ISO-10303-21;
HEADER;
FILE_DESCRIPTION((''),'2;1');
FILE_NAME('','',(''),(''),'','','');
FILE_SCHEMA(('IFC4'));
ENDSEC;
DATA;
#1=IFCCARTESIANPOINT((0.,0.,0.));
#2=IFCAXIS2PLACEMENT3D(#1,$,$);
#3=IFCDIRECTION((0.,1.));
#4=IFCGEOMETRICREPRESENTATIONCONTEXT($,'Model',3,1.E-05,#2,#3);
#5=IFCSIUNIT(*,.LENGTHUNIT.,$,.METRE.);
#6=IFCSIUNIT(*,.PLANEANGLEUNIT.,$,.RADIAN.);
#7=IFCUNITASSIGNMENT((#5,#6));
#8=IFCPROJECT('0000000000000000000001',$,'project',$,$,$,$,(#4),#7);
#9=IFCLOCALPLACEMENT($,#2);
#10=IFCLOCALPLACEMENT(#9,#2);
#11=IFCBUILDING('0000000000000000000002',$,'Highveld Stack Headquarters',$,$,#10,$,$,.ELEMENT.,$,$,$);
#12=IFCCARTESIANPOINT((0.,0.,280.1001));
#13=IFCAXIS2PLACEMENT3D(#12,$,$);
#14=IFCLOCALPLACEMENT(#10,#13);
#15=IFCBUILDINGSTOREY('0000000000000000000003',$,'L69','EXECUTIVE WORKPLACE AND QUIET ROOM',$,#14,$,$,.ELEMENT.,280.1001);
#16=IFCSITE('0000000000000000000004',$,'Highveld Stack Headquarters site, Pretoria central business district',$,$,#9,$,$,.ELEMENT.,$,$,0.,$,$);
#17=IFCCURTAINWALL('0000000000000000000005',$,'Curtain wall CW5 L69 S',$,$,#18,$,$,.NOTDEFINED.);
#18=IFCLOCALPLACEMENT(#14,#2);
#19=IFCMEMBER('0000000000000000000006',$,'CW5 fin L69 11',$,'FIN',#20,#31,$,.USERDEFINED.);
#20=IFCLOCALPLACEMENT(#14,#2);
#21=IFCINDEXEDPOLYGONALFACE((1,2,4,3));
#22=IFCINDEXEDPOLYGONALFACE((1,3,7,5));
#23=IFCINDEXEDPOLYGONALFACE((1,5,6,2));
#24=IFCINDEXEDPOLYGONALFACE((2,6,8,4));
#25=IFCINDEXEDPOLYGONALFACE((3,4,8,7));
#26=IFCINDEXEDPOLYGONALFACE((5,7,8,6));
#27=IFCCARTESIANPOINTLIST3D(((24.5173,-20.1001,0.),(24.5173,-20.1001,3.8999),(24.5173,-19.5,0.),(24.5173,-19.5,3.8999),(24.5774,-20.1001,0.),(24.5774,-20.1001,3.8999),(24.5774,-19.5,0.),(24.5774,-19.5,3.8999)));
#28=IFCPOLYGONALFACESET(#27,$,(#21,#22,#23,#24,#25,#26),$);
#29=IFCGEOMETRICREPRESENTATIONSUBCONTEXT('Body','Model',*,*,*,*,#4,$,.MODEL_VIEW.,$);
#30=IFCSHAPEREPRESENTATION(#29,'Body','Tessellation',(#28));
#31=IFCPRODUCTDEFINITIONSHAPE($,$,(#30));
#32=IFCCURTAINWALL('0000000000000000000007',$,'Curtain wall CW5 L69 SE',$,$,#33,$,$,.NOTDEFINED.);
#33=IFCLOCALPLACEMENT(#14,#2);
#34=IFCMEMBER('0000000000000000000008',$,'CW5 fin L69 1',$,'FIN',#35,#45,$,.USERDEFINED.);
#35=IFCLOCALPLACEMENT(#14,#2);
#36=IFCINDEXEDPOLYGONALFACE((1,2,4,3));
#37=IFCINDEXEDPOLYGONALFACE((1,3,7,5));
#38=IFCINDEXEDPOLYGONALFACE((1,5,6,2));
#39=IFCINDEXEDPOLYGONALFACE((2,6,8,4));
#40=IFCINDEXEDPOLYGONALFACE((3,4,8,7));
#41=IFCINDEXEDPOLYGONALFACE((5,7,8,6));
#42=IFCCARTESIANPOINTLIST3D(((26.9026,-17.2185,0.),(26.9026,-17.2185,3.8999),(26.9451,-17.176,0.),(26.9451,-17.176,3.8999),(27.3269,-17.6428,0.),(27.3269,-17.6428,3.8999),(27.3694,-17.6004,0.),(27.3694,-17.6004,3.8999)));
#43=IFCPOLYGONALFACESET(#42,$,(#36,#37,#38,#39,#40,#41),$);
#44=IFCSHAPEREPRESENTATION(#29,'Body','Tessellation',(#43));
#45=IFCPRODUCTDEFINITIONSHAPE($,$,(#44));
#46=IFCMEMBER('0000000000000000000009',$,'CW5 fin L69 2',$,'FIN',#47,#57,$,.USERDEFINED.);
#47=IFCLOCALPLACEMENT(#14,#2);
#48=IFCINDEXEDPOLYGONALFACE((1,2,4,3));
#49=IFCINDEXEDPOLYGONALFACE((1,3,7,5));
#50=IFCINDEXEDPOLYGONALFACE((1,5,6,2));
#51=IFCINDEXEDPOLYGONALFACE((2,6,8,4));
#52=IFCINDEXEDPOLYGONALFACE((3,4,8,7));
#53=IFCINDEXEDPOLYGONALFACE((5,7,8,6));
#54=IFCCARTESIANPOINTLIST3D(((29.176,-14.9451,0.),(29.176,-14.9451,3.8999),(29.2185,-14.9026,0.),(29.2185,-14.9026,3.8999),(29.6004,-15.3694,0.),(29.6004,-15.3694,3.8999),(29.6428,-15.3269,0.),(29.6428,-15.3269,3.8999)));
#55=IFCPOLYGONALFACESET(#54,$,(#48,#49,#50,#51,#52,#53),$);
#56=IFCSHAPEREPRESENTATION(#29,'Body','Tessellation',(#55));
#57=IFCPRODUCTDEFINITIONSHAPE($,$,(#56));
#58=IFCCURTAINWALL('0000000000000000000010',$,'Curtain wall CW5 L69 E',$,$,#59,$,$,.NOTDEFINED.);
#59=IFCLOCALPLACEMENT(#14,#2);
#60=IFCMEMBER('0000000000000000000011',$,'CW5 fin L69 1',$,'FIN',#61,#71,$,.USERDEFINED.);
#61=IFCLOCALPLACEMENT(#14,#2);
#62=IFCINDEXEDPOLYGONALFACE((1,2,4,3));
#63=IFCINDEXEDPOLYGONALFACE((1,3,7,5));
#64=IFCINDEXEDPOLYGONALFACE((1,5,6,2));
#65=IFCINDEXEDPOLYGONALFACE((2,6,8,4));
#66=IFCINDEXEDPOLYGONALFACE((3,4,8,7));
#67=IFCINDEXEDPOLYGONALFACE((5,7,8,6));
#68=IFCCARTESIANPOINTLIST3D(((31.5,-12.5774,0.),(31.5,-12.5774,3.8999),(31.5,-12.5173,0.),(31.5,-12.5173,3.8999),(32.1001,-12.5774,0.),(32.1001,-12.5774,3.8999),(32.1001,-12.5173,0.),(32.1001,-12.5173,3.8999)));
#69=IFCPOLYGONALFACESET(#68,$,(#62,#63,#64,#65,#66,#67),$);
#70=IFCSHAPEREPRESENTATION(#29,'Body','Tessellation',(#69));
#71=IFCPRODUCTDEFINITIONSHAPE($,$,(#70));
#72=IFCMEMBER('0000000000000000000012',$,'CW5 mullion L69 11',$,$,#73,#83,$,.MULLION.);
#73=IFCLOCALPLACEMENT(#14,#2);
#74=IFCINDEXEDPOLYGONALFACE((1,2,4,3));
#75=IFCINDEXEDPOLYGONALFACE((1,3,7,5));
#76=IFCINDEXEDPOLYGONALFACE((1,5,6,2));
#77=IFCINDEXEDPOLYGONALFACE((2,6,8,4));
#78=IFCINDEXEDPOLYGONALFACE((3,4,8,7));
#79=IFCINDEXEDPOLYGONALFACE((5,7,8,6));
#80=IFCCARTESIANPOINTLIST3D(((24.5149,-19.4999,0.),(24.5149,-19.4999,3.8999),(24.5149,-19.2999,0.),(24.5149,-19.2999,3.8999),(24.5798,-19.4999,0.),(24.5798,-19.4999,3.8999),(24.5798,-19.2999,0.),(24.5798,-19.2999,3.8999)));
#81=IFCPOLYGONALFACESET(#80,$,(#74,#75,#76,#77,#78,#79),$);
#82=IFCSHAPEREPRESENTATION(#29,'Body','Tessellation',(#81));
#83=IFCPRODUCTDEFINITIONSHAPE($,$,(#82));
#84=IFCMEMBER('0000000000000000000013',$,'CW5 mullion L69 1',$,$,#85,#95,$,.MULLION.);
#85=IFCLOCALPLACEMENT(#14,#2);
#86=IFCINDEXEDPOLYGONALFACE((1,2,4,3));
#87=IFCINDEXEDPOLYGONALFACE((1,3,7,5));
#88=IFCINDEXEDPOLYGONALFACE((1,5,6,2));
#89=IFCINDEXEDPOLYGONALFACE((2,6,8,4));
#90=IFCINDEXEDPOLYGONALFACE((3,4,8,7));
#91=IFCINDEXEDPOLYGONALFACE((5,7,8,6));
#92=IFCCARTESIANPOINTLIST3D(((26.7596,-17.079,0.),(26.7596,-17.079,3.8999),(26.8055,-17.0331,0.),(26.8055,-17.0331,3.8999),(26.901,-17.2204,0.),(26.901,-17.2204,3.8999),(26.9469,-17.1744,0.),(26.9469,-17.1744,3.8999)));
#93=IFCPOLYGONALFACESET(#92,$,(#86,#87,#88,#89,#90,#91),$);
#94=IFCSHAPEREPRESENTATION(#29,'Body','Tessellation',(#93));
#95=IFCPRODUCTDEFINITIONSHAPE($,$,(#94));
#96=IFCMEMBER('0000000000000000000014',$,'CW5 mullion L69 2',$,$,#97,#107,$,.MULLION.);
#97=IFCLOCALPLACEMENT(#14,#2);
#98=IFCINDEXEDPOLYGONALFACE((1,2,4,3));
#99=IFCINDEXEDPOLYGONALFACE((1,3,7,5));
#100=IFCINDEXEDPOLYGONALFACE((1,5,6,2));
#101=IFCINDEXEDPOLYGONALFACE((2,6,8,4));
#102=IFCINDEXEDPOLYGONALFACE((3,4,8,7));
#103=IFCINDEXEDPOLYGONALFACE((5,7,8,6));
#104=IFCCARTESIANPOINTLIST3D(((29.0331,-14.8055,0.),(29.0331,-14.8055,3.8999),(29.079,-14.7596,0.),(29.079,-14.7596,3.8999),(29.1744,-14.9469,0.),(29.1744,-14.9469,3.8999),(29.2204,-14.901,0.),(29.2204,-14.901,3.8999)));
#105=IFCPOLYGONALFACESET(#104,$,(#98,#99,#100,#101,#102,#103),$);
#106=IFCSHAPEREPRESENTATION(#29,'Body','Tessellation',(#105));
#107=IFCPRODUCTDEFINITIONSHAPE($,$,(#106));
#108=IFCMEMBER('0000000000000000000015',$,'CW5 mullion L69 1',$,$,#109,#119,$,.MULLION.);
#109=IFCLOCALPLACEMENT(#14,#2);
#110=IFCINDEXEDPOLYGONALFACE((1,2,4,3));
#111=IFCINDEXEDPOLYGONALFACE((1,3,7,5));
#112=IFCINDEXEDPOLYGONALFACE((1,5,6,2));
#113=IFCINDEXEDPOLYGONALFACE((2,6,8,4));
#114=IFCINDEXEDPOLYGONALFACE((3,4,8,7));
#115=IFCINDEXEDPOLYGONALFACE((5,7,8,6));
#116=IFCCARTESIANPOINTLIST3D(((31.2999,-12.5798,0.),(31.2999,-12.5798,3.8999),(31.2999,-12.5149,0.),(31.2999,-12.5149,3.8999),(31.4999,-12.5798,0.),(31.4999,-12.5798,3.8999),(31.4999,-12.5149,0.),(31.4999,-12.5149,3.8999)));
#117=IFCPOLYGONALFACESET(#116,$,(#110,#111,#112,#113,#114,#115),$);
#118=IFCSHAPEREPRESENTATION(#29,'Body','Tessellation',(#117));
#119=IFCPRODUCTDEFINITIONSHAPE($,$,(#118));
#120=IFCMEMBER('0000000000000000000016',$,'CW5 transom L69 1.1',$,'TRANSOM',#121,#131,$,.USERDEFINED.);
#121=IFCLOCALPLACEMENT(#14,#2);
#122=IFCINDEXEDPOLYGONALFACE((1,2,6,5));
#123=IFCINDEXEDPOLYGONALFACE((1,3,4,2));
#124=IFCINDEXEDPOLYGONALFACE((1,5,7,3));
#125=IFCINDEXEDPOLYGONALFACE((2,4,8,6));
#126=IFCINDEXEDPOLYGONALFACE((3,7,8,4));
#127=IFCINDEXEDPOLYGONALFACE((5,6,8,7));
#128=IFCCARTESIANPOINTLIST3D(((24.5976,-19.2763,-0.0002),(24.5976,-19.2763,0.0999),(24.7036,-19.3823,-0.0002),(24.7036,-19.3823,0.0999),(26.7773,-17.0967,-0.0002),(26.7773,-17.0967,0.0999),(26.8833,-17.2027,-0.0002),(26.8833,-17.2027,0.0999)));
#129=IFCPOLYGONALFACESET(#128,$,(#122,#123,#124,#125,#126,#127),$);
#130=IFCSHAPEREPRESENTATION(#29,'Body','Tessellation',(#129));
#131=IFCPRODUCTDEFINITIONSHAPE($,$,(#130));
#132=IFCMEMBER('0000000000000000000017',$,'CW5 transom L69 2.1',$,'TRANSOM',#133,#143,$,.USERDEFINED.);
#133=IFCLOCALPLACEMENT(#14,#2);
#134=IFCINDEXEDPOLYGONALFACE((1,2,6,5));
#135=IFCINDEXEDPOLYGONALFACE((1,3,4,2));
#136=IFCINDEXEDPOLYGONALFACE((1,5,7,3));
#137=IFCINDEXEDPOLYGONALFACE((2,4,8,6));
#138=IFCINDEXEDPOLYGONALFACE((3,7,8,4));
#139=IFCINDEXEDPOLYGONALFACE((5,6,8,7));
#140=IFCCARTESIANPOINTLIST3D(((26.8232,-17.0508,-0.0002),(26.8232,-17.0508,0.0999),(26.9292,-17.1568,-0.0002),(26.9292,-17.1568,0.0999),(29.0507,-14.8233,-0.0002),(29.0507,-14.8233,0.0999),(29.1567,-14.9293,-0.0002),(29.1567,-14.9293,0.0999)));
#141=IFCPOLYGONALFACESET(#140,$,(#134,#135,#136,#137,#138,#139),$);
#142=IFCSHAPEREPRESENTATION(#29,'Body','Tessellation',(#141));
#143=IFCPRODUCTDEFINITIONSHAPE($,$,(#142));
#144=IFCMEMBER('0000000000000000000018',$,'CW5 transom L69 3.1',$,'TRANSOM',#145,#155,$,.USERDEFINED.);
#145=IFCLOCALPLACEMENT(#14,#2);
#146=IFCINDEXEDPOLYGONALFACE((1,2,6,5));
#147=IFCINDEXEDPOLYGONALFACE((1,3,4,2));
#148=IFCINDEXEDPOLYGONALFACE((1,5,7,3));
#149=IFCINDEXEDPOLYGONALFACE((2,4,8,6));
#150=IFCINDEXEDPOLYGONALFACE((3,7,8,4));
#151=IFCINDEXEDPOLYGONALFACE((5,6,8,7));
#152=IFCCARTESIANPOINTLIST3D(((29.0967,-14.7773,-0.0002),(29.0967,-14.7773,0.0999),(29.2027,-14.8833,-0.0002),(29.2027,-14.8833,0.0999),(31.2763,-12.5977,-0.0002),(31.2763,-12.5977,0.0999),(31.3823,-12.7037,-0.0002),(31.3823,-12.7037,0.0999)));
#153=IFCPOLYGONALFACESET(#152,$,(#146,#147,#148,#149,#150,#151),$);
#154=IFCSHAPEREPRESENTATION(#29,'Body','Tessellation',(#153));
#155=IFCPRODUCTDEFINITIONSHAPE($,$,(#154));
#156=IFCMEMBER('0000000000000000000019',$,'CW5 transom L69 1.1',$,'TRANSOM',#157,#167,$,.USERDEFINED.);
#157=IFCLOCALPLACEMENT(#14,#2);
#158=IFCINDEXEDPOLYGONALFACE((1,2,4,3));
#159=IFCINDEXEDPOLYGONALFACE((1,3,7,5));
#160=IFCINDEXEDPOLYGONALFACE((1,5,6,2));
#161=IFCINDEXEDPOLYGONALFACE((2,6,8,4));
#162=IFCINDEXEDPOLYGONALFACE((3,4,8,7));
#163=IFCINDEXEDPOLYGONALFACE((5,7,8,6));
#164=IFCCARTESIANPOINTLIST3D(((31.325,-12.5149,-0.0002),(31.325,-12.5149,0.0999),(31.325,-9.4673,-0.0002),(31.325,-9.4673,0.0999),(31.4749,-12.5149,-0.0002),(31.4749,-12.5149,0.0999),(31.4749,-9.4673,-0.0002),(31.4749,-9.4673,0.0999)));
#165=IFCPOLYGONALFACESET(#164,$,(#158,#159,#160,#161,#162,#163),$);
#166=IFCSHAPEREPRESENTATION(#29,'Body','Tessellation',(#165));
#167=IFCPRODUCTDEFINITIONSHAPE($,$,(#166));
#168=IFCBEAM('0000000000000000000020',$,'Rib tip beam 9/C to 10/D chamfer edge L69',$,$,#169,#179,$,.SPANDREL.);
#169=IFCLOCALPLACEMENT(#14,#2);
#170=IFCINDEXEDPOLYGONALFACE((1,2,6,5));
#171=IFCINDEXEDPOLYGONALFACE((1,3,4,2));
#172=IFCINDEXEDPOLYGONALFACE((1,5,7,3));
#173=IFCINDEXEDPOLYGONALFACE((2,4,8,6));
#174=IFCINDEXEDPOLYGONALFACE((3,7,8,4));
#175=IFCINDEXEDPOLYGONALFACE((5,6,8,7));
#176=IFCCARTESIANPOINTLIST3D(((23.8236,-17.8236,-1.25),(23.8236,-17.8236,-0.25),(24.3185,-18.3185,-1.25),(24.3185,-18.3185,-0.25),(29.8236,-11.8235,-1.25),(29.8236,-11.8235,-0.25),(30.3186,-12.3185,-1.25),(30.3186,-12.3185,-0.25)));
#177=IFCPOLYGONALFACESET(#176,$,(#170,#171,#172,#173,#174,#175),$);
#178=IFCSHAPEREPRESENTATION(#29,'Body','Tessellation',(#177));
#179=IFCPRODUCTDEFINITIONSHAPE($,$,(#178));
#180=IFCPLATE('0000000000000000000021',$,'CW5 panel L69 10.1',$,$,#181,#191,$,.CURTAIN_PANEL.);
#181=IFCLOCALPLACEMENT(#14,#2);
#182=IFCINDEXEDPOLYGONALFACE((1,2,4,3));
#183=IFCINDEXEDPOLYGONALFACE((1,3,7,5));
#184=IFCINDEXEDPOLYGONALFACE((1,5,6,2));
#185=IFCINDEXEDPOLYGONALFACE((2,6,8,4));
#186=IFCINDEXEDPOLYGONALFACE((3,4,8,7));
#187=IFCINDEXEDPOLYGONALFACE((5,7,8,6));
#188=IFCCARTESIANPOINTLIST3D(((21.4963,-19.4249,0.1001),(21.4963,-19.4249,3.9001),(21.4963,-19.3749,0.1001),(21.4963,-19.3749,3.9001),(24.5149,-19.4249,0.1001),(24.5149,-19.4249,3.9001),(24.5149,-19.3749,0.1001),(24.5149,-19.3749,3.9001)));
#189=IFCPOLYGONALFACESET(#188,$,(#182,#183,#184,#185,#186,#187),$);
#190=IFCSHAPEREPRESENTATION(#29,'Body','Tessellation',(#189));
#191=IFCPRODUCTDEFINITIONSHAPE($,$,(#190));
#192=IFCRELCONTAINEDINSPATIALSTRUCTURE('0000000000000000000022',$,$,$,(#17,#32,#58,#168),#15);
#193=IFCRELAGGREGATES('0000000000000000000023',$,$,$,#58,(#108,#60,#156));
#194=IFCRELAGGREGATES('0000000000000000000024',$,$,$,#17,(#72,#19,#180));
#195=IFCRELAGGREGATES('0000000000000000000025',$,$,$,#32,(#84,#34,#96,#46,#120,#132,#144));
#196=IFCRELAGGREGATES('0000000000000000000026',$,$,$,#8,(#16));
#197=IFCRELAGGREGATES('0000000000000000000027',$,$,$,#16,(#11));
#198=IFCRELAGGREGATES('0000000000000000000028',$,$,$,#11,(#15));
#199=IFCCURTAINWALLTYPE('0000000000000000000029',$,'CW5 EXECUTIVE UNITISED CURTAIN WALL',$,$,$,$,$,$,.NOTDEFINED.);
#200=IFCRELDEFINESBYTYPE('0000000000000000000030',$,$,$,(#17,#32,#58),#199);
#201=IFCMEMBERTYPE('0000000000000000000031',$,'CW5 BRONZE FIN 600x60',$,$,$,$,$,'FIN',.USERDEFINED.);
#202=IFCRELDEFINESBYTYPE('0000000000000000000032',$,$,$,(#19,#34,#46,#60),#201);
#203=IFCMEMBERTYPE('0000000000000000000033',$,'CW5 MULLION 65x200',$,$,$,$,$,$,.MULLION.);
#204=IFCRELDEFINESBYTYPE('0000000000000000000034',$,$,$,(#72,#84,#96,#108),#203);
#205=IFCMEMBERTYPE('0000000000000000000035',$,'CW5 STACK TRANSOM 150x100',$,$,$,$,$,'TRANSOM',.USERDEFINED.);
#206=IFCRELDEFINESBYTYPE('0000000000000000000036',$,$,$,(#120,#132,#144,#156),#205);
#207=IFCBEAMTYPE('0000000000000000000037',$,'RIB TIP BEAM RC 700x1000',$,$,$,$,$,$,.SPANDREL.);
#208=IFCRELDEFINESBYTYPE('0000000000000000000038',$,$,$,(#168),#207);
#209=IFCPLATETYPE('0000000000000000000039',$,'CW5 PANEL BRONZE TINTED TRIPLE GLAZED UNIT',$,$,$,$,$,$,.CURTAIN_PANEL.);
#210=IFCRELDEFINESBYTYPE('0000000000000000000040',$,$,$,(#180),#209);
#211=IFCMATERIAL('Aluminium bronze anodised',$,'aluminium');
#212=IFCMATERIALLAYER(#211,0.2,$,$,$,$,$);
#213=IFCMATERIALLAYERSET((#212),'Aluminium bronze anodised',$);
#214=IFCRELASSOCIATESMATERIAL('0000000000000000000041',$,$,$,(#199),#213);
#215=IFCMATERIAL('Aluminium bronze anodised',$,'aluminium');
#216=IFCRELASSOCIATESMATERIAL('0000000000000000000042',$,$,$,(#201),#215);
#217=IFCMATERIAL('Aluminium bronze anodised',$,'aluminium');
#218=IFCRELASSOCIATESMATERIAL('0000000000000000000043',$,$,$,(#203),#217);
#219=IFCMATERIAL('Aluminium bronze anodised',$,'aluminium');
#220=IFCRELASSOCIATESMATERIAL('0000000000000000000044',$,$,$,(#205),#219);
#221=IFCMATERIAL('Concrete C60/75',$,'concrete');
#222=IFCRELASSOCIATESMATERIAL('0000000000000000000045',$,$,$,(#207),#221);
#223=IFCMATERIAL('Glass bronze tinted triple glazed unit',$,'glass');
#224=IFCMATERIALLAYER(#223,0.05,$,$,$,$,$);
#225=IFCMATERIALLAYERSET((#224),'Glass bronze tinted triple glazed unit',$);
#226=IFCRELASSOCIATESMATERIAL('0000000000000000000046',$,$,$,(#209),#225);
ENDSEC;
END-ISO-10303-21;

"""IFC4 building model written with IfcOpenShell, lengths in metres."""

from ifc_helpers import new_model, si_unit, direction, frame, origin, origin_2d, place, context, subcontext, project, spatial, rectangle, extrude, material, layer, layer_set, material_profile, profile_set, type_object, element, aggregate, save


model = new_model("IFC4")

# Units and contexts
model_context = context("Model", 3, precision=1e-05, world=origin(), true_north=direction((0.0, 1.0)))
body_context = subcontext(model_context, "Body", "Model", "MODEL_VIEW")
ifc_project = project(units=[si_unit("LENGTHUNIT", "METRE"), si_unit("PLANEANGLEUNIT", "RADIAN")], contexts=[model_context])

# Site, building, storey
site_placement = place(None, origin())
site = spatial("IfcSite", under=ifc_project, at=site_placement, Name="Highveld Stack Headquarters site, Pretoria central business district", CompositionType="ELEMENT", RefElevation=0.0)
building_placement = place(site_placement, origin())
building = spatial("IfcBuilding", under=site, at=building_placement, Name="Highveld Stack Headquarters", CompositionType="ELEMENT")
storey_placement = place(building_placement, frame((0.0, 0.0, 280.1001)))
storey = spatial("IfcBuildingStorey", under=building, at=storey_placement, Name="L69", Description="EXECUTIVE WORKPLACE AND QUIET ROOM", CompositionType="ELEMENT", Elevation=280.1001)

# Curtain wall, member
ifc_material_1 = material(Name="Aluminium bronze anodised", Category="aluminium")
ifc_layer_1 = layer(ifc_material_1, 0.2)
ifc_layer_set_1 = layer_set([ifc_layer_1], Name="Aluminium bronze anodised")
curtain_wall_type = type_object("IfcCurtainWallType", Name="CW5 EXECUTIVE UNITISED CURTAIN WALL", PredefinedType="NOTDEFINED", material=ifc_layer_set_1)
curtain_wall_1_placement = place(storey_placement, origin())
curtain_wall_1 = element("IfcCurtainWall", 1, at=curtain_wall_1_placement, inside=storey, type_object=curtain_wall_type, Name="Curtain wall CW5 L69 S", PredefinedType="NOTDEFINED")
ifc_material_2 = material(Name="Aluminium bronze anodised", Category="aluminium")
ifc_material_profile_1 = material_profile(ifc_material_2, rectangle(XDim=0.6001, YDim=0.0601, at=origin_2d()), Name="FIN 600x60")
ifc_profile_set_1 = profile_set([ifc_material_profile_1], Name="Aluminium bronze anodised")
member_type_1 = type_object("IfcMemberType", Name="CW5 BRONZE FIN 600x60", ElementType="FIN", PredefinedType="USERDEFINED", material=ifc_profile_set_1)
member_1_placement = place(storey_placement, frame((24.5474, -19.8, 0.0), z_axis=(0.0, 0.0, 1.0), x_axis=(0.0, 1.0, 0.0)))
member_1 = element("IfcMember", 2, at=member_1_placement, type_object=member_type_1, Name="CW5 fin L69 11", ObjectType="FIN", PredefinedType="USERDEFINED", context=body_context, shape_type="SweptSolid", body=[
    extrude(rectangle(XDim=0.6001, YDim=0.0601, at=origin_2d()), origin(), (0.0, 0.0, 1.0), 3.8999),
])

# Curtain wall, members
curtain_wall_2_placement = place(storey_placement, origin())
curtain_wall_2 = element("IfcCurtainWall", 3, at=curtain_wall_2_placement, inside=storey, type_object=curtain_wall_type, Name="Curtain wall CW5 L69 SE", PredefinedType="NOTDEFINED")
member_2_placement = place(storey_placement, frame((27.136, -17.4094, 0.0), z_axis=(0.0, 0.0, 1.0), x_axis=(-0.707107, 0.707107, 0.0)))
member_2 = element("IfcMember", 4, at=member_2_placement, type_object=member_type_1, Name="CW5 fin L69 1", ObjectType="FIN", PredefinedType="USERDEFINED", context=body_context, shape_type="SweptSolid", body=[
    extrude(rectangle(XDim=0.6001, YDim=0.0601, at=origin_2d()), origin(), (0.0, 0.0, 1.0), 3.8999),
])
member_3_placement = place(storey_placement, frame((29.4094, -15.136, 0.0), z_axis=(0.0, 0.0, 1.0), x_axis=(-0.707107, 0.707107, 0.0)))
member_3 = element("IfcMember", 5, at=member_3_placement, type_object=member_type_1, Name="CW5 fin L69 2", ObjectType="FIN", PredefinedType="USERDEFINED", context=body_context, shape_type="SweptSolid", body=[
    extrude(rectangle(XDim=0.6001, YDim=0.0601, at=origin_2d()), origin(), (0.0, 0.0, 1.0), 3.8999),
])

# Curtain wall, member
curtain_wall_3_placement = place(storey_placement, origin())
curtain_wall_3 = element("IfcCurtainWall", 6, at=curtain_wall_3_placement, inside=storey, type_object=curtain_wall_type, Name="Curtain wall CW5 L69 E", PredefinedType="NOTDEFINED")
member_4_placement = place(storey_placement, frame((31.8, -12.5474, 0.0), z_axis=(0.0, 0.0, 1.0), x_axis=(-1.0, 0.0, 0.0)))
member_4 = element("IfcMember", 7, at=member_4_placement, type_object=member_type_1, Name="CW5 fin L69 1", ObjectType="FIN", PredefinedType="USERDEFINED", context=body_context, shape_type="SweptSolid", body=[
    extrude(rectangle(XDim=0.6001, YDim=0.0601, at=origin_2d()), origin(), (0.0, 0.0, 1.0), 3.8999),
])

# Members
ifc_material_3 = material(Name="Aluminium bronze anodised", Category="aluminium")
ifc_material_profile_2 = material_profile(ifc_material_3, rectangle(XDim=0.2, YDim=0.0649, at=origin_2d()), Name="CW5 MULLION 65x200")
ifc_profile_set_2 = profile_set([ifc_material_profile_2], Name="Aluminium bronze anodised")
member_type_2 = type_object("IfcMemberType", Name="CW5 MULLION 65x200", PredefinedType="MULLION", material=ifc_profile_set_2)
member_5_placement = place(storey_placement, frame((24.5474, -19.3999, 0.0), z_axis=(0.0, 0.0, 1.0), x_axis=(0.0, 1.0, 0.0)))
member_5 = element("IfcMember", 8, at=member_5_placement, type_object=member_type_2, Name="CW5 mullion L69 11", PredefinedType="MULLION", context=body_context, shape_type="SweptSolid", body=[
    extrude(rectangle(XDim=0.2, YDim=0.0649, at=origin_2d()), origin(), (0.0, 0.0, 1.0), 3.8999),
])
member_6_placement = place(storey_placement, frame((26.8533, -17.1267, 0.0), z_axis=(0.0, 0.0, 1.0), x_axis=(-0.707107, 0.707107, 0.0)))
member_6 = element("IfcMember", 9, at=member_6_placement, type_object=member_type_2, Name="CW5 mullion L69 1", PredefinedType="MULLION", context=body_context, shape_type="SweptSolid", body=[
    extrude(rectangle(XDim=0.2, YDim=0.0649, at=origin_2d()), origin(), (0.0, 0.0, 1.0), 3.8999),
])
member_7_placement = place(storey_placement, frame((29.1267, -14.8533, 0.0), z_axis=(0.0, 0.0, 1.0), x_axis=(-0.707107, 0.707107, 0.0)))
member_7 = element("IfcMember", 10, at=member_7_placement, type_object=member_type_2, Name="CW5 mullion L69 2", PredefinedType="MULLION", context=body_context, shape_type="SweptSolid", body=[
    extrude(rectangle(XDim=0.2, YDim=0.0649, at=origin_2d()), origin(), (0.0, 0.0, 1.0), 3.8999),
])
member_8_placement = place(storey_placement, frame((31.3999, -12.5474, 0.0), z_axis=(0.0, 0.0, 1.0), x_axis=(-1.0, 0.0, 0.0)))
member_8 = element("IfcMember", 11, at=member_8_placement, type_object=member_type_2, Name="CW5 mullion L69 1", PredefinedType="MULLION", context=body_context, shape_type="SweptSolid", body=[
    extrude(rectangle(XDim=0.2, YDim=0.0649, at=origin_2d()), origin(), (0.0, 0.0, 1.0), 3.8999),
])
ifc_material_4 = material(Name="Aluminium bronze anodised", Category="aluminium")
ifc_material_profile_3 = material_profile(ifc_material_4, rectangle(XDim=0.1499, YDim=0.1001, at=origin_2d()), Name="CW5 TRANSOM 150x100")
ifc_profile_set_3 = profile_set([ifc_material_profile_3], Name="Aluminium bronze anodised")
member_type_3 = type_object("IfcMemberType", Name="CW5 STACK TRANSOM 150x100", ElementType="TRANSOM", PredefinedType="USERDEFINED", material=ifc_profile_set_3)
member_9_placement = place(storey_placement, frame((24.6506, -19.3293, 0.0498), z_axis=(0.707107, 0.707107, 0.0), x_axis=(-0.707107, 0.707107, 0.0)))
member_9 = element("IfcMember", 12, at=member_9_placement, type_object=member_type_3, Name="CW5 transom L69 1.1", ObjectType="TRANSOM", PredefinedType="USERDEFINED", context=body_context, shape_type="SweptSolid", body=[
    extrude(rectangle(XDim=0.1499, YDim=0.1001, at=origin_2d()), origin(), (0.0, 0.0, 1.0), 3.0825),
])
member_10_placement = place(storey_placement, frame((26.8762, -17.1038, 0.0498), z_axis=(0.707107, 0.707107, 0.0), x_axis=(-0.707107, 0.707107, 0.0)))
member_10 = element("IfcMember", 13, at=member_10_placement, type_object=member_type_3, Name="CW5 transom L69 2.1", ObjectType="TRANSOM", PredefinedType="USERDEFINED", context=body_context, shape_type="SweptSolid", body=[
    extrude(rectangle(XDim=0.1499, YDim=0.1001, at=origin_2d()), origin(), (0.0, 0.0, 1.0), 3.1501),
])
member_11_placement = place(storey_placement, frame((29.1497, -14.8303, 0.0498), z_axis=(0.707107, 0.707107, 0.0), x_axis=(-0.707107, 0.707107, 0.0)))
member_11 = element("IfcMember", 14, at=member_11_placement, type_object=member_type_3, Name="CW5 transom L69 3.1", ObjectType="TRANSOM", PredefinedType="USERDEFINED", context=body_context, shape_type="SweptSolid", body=[
    extrude(rectangle(XDim=0.1499, YDim=0.1001, at=origin_2d()), origin(), (0.0, 0.0, 1.0), 3.0825),
])
member_12_placement = place(storey_placement, frame((31.3999, -12.5149, 0.0498), z_axis=(0.0, 1.0, 0.0), x_axis=(-1.0, 0.0, 0.0)))
member_12 = element("IfcMember", 15, at=member_12_placement, type_object=member_type_3, Name="CW5 transom L69 1.1", ObjectType="TRANSOM", PredefinedType="USERDEFINED", context=body_context, shape_type="SweptSolid", body=[
    extrude(rectangle(XDim=0.1499, YDim=0.1001, at=origin_2d()), origin(), (0.0, 0.0, 1.0), 3.0476),
])
aggregate(curtain_wall_3, [member_8, member_4, member_12])

# Beam
ifc_material_5 = material(Name="Concrete C60/75", Category="concrete")
ifc_material_profile_4 = material_profile(ifc_material_5, rectangle(XDim=0.7, YDim=1.0, at=origin_2d()), Name="RC 700x1000")
ifc_profile_set_4 = profile_set([ifc_material_profile_4], Name="Concrete C60/75")
beam_type = type_object("IfcBeamType", Name="RIB TIP BEAM RC 700x1000", PredefinedType="SPANDREL", material=ifc_profile_set_4)
beam_placement = place(storey_placement, frame((24.071, -18.071, -0.75), z_axis=(0.707107, 0.707107, 0.0), x_axis=(-0.707107, 0.707107, 0.0)))
element("IfcBeam", 16, at=beam_placement, inside=storey, type_object=beam_type, Name="Rib tip beam 9/C to 10/D chamfer edge L69", PredefinedType="SPANDREL", context=body_context, shape_type="SweptSolid", body=[
    extrude(rectangle(XDim=0.7, YDim=1.0, at=origin_2d()), origin(), (0.0, 0.0, 1.0), 8.4854),
])

# Plate
ifc_material_6 = material(Name="Glass bronze tinted triple glazed unit", Category="glass")
ifc_layer_2 = layer(ifc_material_6, 0.05)
ifc_layer_set_2 = layer_set([ifc_layer_2], Name="Glass bronze tinted triple glazed unit")
plate_type = type_object("IfcPlateType", Name="CW5 PANEL BRONZE TINTED TRIPLE GLAZED UNIT", PredefinedType="CURTAIN_PANEL", material=ifc_layer_set_2)
plate_1_placement = place(storey_placement, frame((23.0056, -19.3999, 0.1001), z_axis=(0.0, 0.0, 1.0), x_axis=(1.0, 0.0, 0.0)))
plate_1 = element("IfcPlate", 17, at=plate_1_placement, type_object=plate_type, Name="CW5 panel L69 10.1", PredefinedType="CURTAIN_PANEL", context=body_context, shape_type="SweptSolid", body=[
    extrude(rectangle(XDim=3.0186, YDim=0.05, at=origin_2d()), origin(), (0.0, 0.0, 1.0), 3.8),
])
aggregate(curtain_wall_1, [member_5, member_1, plate_1])
aggregate(curtain_wall_2, [member_6, member_2, member_7, member_3, member_9, member_10, member_11])

save(model, "model.ifc")
